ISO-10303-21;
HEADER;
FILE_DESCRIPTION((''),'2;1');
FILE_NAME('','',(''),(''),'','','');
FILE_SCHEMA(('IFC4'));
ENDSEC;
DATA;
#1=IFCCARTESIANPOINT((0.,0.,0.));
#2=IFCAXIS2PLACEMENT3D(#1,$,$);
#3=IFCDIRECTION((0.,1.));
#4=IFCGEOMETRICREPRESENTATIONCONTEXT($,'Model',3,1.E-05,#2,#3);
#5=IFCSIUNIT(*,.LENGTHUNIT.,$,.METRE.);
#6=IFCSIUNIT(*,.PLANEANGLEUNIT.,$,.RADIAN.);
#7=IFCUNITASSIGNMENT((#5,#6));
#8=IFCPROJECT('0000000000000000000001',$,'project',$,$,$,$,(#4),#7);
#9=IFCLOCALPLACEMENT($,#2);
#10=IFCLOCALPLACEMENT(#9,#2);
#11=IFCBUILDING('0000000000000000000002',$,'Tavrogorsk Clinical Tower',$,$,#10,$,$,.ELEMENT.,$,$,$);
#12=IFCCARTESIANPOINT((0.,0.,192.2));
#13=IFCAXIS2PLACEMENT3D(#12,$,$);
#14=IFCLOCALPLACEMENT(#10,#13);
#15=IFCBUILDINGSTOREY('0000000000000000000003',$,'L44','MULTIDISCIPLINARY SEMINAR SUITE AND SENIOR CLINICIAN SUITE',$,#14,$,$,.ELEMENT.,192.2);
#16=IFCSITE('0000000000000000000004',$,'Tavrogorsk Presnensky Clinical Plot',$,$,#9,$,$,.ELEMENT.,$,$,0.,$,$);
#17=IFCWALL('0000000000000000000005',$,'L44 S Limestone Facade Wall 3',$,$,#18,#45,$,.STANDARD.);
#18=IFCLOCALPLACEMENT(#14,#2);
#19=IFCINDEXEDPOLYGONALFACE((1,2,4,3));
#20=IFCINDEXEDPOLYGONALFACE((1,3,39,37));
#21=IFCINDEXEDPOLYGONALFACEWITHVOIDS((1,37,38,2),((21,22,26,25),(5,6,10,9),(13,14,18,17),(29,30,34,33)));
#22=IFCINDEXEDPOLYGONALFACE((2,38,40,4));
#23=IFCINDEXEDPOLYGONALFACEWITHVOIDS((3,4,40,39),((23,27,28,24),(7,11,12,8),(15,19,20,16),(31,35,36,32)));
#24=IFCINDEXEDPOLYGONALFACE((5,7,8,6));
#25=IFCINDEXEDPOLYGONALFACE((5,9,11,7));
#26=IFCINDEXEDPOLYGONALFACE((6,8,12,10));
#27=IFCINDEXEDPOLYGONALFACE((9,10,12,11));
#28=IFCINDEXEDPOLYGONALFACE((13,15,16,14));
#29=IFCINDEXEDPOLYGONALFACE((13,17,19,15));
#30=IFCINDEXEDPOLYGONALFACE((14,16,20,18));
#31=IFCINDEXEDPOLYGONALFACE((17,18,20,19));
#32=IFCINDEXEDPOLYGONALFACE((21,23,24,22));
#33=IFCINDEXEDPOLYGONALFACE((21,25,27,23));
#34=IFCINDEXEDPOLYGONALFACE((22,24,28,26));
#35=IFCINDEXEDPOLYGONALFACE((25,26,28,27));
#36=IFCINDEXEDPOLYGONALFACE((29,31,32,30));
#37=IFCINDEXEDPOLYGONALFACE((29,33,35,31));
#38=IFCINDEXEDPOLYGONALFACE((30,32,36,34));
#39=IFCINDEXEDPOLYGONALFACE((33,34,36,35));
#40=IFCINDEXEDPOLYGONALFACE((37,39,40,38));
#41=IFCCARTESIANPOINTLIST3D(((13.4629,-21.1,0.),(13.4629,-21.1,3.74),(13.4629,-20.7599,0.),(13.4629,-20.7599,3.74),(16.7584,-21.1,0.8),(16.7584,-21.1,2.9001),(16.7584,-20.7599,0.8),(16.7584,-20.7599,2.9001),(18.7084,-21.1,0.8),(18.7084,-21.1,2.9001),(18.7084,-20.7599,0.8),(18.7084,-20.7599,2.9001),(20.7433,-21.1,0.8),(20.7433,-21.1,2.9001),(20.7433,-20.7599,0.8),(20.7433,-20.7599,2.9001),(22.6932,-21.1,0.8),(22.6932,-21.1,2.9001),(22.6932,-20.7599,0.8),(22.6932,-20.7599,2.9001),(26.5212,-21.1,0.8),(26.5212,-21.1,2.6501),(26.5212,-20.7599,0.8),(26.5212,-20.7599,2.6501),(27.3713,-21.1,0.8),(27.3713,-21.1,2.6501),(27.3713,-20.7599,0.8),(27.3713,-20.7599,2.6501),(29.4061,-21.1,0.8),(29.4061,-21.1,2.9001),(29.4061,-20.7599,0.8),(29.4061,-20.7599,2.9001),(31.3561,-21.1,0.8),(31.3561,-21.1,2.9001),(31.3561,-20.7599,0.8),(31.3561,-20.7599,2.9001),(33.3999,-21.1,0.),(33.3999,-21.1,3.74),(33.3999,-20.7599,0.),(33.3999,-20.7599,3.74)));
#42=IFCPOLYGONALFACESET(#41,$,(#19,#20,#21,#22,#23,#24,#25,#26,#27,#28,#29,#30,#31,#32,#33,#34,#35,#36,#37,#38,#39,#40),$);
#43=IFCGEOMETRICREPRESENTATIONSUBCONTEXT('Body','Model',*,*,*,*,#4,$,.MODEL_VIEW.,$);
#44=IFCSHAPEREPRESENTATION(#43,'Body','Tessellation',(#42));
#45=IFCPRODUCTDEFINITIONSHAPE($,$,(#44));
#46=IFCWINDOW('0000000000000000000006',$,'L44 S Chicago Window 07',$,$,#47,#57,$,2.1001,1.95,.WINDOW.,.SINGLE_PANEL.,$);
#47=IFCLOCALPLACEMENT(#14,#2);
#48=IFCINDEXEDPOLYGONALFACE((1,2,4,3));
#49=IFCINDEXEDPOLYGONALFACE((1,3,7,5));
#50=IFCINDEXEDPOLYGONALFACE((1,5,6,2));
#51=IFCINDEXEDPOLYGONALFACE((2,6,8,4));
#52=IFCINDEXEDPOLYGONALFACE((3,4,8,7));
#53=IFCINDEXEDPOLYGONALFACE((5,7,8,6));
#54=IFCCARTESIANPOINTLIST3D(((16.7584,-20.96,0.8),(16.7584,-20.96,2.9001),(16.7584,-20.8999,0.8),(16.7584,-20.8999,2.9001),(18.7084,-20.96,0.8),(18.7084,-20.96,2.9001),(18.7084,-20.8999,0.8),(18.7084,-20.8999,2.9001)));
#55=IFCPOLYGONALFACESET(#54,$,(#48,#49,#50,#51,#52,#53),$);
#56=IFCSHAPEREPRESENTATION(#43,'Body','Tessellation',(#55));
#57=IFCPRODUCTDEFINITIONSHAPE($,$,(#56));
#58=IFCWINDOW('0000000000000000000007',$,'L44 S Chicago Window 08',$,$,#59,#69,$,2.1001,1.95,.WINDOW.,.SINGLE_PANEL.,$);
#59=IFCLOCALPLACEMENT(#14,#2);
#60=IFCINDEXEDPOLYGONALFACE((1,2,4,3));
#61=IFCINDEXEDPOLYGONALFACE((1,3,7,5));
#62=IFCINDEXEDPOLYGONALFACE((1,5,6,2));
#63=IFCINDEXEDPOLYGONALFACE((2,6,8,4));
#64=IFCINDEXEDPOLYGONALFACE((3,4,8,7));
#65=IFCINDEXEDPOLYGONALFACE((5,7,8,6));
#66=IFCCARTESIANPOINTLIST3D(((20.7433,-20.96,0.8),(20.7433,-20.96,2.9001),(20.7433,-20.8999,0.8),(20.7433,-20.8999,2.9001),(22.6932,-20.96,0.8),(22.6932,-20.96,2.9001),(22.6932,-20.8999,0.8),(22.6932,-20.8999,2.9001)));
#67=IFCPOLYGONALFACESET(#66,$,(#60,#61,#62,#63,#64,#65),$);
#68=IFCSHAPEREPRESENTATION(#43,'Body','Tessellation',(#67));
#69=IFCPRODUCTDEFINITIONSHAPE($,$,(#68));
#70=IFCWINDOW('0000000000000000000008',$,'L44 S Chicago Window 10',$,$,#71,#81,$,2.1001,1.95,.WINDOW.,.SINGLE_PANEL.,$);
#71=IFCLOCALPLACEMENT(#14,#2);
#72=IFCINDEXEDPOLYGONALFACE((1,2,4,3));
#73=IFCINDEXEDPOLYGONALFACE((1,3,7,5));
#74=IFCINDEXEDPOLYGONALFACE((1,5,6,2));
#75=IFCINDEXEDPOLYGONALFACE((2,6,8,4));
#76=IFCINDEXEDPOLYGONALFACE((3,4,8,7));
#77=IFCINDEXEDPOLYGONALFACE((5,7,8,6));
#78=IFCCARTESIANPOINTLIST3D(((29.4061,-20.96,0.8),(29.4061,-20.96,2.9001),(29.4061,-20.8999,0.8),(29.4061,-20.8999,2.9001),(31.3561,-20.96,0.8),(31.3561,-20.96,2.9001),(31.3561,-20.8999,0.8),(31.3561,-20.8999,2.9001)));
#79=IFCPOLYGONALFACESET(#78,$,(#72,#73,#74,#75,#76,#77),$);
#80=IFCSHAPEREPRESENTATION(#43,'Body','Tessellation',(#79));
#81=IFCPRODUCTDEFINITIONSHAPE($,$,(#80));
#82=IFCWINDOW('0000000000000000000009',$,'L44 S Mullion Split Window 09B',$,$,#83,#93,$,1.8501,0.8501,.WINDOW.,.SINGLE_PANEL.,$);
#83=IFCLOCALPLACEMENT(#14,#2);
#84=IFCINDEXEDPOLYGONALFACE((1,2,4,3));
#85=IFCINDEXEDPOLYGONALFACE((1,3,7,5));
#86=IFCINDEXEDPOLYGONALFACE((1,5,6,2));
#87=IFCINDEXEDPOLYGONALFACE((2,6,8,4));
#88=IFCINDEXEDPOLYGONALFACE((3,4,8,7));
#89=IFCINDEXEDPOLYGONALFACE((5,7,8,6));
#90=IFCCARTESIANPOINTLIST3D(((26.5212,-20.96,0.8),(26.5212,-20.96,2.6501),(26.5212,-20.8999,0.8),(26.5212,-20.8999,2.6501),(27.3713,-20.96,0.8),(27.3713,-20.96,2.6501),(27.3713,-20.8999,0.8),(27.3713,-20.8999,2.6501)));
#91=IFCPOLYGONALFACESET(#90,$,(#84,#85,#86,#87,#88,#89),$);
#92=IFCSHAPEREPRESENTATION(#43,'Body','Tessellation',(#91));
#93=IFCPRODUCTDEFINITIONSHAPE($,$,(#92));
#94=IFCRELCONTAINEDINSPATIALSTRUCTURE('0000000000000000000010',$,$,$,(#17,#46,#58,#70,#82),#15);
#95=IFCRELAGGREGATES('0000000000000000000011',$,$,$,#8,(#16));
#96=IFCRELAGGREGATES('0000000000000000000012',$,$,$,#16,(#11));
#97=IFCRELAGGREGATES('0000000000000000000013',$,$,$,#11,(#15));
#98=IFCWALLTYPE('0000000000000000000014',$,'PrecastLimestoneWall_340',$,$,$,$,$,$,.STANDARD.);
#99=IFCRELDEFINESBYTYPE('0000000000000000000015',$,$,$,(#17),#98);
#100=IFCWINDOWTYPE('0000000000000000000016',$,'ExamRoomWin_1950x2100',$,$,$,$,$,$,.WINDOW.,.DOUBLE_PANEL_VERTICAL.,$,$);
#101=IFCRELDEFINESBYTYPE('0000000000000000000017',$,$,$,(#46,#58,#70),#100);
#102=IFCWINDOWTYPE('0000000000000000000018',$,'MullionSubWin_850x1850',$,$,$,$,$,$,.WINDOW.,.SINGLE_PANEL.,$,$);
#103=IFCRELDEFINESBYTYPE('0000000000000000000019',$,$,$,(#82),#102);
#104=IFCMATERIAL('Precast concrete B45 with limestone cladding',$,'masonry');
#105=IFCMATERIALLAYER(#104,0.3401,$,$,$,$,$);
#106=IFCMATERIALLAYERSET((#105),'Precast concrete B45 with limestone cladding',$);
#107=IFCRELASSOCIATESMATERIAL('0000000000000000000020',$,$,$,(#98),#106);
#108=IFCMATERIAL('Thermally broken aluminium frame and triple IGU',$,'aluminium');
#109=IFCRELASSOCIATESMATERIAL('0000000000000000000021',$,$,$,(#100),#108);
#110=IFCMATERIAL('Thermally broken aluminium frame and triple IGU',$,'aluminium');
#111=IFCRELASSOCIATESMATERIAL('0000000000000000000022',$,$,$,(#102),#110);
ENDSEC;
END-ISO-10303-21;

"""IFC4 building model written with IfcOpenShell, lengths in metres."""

from ifc_helpers import new_model, si_unit, direction, frame, frame_2d, origin, place, context, subcontext, project, spatial, rectangle, extrude, material, layer, layer_set, type_object, element, fill, save


model = new_model("IFC4")

# Units and contexts
model_context = context("Model", 3, precision=1e-05, world=origin(), true_north=direction((0.0, 1.0)))
body_context = subcontext(model_context, "Body", "Model", "MODEL_VIEW")
ifc_project = project(units=[si_unit("LENGTHUNIT", "METRE"), si_unit("PLANEANGLEUNIT", "RADIAN")], contexts=[model_context])

# Site, building, storey
site_placement = place(None, origin())
site = spatial("IfcSite", under=ifc_project, at=site_placement, Name="Tavrogorsk Presnensky Clinical Plot", CompositionType="ELEMENT", RefElevation=0.0)
building_placement = place(site_placement, origin())
building = spatial("IfcBuilding", under=site, at=building_placement, Name="Tavrogorsk Clinical Tower", CompositionType="ELEMENT")
storey_placement = place(building_placement, frame((0.0, 0.0, 192.2)))
storey = spatial("IfcBuildingStorey", under=building, at=storey_placement, Name="L44", Description="MULTIDISCIPLINARY SEMINAR SUITE AND SENIOR CLINICIAN SUITE", CompositionType="ELEMENT", Elevation=192.2)

# Wall, openings, windows
ifc_material_1 = material(Name="Precast concrete B45 with limestone cladding", Category="masonry")
ifc_layer_1 = layer(ifc_material_1, 0.3401)
ifc_layer_set_1 = layer_set([ifc_layer_1], Name="Precast concrete B45 with limestone cladding")
wall_type_1 = type_object("IfcWallType", Name="PrecastLimestoneWall_340", PredefinedType="STANDARD", material=ifc_layer_set_1)
wall_1_placement = place(storey_placement, frame((13.4629, -20.9299, 0.0), z_axis=(0.0, 0.0, 1.0), x_axis=(1.0, 0.0, 0.0)))
wall_1 = element("IfcWall", 1, at=wall_1_placement, inside=storey, type_object=wall_type_1, Name="L44 S Limestone Facade Wall 3", PredefinedType="STANDARD", context=body_context, shape_type="SweptSolid", body=[
    extrude(rectangle(XDim=19.937, YDim=0.3401, at=frame_2d((9.9685, 0.0))), origin(), (0.0, 0.0, 1.0), 3.74),
])
opening_1_placement = place(wall_1_placement, frame((3.2954, 0.0, 0.8)))
opening_1 = element("IfcOpeningElement", 2, at=opening_1_placement, cuts=wall_1, PredefinedType="OPENING", context=body_context, shape_type="SweptSolid", body=[
    extrude(rectangle(XDim=1.95, YDim=2.1001, at=frame_2d((0.9751, 1.05))), frame((0.0, 0.1799, 0.0), z_axis=(0.0, -1.0, 0.0), x_axis=(1.0, 0.0, 0.0)), (0.0, 0.0, 1.0), 0.3601),
])
opening_2_placement = place(wall_1_placement, frame((7.2803, 0.0, 0.8)))
opening_2 = element("IfcOpeningElement", 3, at=opening_2_placement, cuts=wall_1, PredefinedType="OPENING", context=body_context, shape_type="SweptSolid", body=[
    extrude(rectangle(XDim=1.95, YDim=2.1001, at=frame_2d((0.9751, 1.05))), frame((0.0, 0.1799, 0.0), z_axis=(0.0, -1.0, 0.0), x_axis=(1.0, 0.0, 0.0)), (0.0, 0.0, 1.0), 0.3601),
])
opening_3_placement = place(wall_1_placement, frame((13.0583, 0.0, 0.8)))
opening_3 = element("IfcOpeningElement", 4, at=opening_3_placement, cuts=wall_1, PredefinedType="OPENING", context=body_context, shape_type="SweptSolid", body=[
    extrude(rectangle(XDim=0.8501, YDim=1.8501, at=frame_2d((0.425, 0.925))), frame((0.0, 0.1799, 0.0), z_axis=(0.0, -1.0, 0.0), x_axis=(1.0, 0.0, 0.0)), (0.0, 0.0, 1.0), 0.3601),
])
opening_4_placement = place(wall_1_placement, frame((15.9431, 0.0, 0.8)))
opening_4 = element("IfcOpeningElement", 5, at=opening_4_placement, cuts=wall_1, PredefinedType="OPENING", context=body_context, shape_type="SweptSolid", body=[
    extrude(rectangle(XDim=1.95, YDim=2.1001, at=frame_2d((0.9751, 1.05))), frame((0.0, 0.1799, 0.0), z_axis=(0.0, -1.0, 0.0), x_axis=(1.0, 0.0, 0.0)), (0.0, 0.0, 1.0), 0.3601),
])
ifc_material_2 = material(Name="Thermally broken aluminium frame and triple IGU", Category="aluminium")
window_type_1 = type_object("IfcWindowType", Name="ExamRoomWin_1950x2100", PartitioningType="DOUBLE_PANEL_VERTICAL", PredefinedType="WINDOW", material=ifc_material_2)
window_1_placement = place(opening_1_placement, origin())
window_1 = element("IfcWindow", 6, at=window_1_placement, inside=storey, type_object=window_type_1, Name="L44 S Chicago Window 07", OverallHeight=2.1001, OverallWidth=1.95, PartitioningType="SINGLE_PANEL", PredefinedType="WINDOW", context=body_context, shape_type="SweptSolid", body=[
    extrude(rectangle(XDim=1.95, YDim=2.1001, at=frame_2d((0.9751, 1.05))), frame((0.0, 0.03, 0.0), z_axis=(0.0, -1.0, 0.0), x_axis=(1.0, 0.0, 0.0)), (0.0, 0.0, 1.0), 0.0601),
])
fill(opening_1, window_1)
window_2_placement = place(opening_2_placement, origin())
window_2 = element("IfcWindow", 7, at=window_2_placement, inside=storey, type_object=window_type_1, Name="L44 S Chicago Window 08", OverallHeight=2.1001, OverallWidth=1.95, PartitioningType="SINGLE_PANEL", PredefinedType="WINDOW", context=body_context, shape_type="SweptSolid", body=[
    extrude(rectangle(XDim=1.95, YDim=2.1001, at=frame_2d((0.9751, 1.05))), frame((0.0, 0.03, 0.0), z_axis=(0.0, -1.0, 0.0), x_axis=(1.0, 0.0, 0.0)), (0.0, 0.0, 1.0), 0.0601),
])
fill(opening_2, window_2)
window_3_placement = place(opening_4_placement, origin())
window_3 = element("IfcWindow", 8, at=window_3_placement, inside=storey, type_object=window_type_1, Name="L44 S Chicago Window 10", OverallHeight=2.1001, OverallWidth=1.95, PartitioningType="SINGLE_PANEL", PredefinedType="WINDOW", context=body_context, shape_type="SweptSolid", body=[
    extrude(rectangle(XDim=1.95, YDim=2.1001, at=frame_2d((0.9751, 1.05))), frame((0.0, 0.03, 0.0), z_axis=(0.0, -1.0, 0.0), x_axis=(1.0, 0.0, 0.0)), (0.0, 0.0, 1.0), 0.0601),
])
fill(opening_4, window_3)
ifc_material_3 = material(Name="Thermally broken aluminium frame and triple IGU", Category="aluminium")
window_type_2 = type_object("IfcWindowType", Name="MullionSubWin_850x1850", PartitioningType="SINGLE_PANEL", PredefinedType="WINDOW", material=ifc_material_3)
window_4_placement = place(opening_3_placement, origin())
window_4 = element("IfcWindow", 9, at=window_4_placement, inside=storey, type_object=window_type_2, Name="L44 S Mullion Split Window 09B", OverallHeight=1.8501, OverallWidth=0.8501, PartitioningType="SINGLE_PANEL", PredefinedType="WINDOW", context=body_context, shape_type="SweptSolid", body=[
    extrude(rectangle(XDim=0.8501, YDim=1.8501, at=frame_2d((0.425, 0.925))), frame((0.0, 0.03, 0.0), z_axis=(0.0, -1.0, 0.0), x_axis=(1.0, 0.0, 0.0)), (0.0, 0.0, 1.0), 0.0601),
])
fill(opening_3, window_4)

save(model, "model.ifc")
